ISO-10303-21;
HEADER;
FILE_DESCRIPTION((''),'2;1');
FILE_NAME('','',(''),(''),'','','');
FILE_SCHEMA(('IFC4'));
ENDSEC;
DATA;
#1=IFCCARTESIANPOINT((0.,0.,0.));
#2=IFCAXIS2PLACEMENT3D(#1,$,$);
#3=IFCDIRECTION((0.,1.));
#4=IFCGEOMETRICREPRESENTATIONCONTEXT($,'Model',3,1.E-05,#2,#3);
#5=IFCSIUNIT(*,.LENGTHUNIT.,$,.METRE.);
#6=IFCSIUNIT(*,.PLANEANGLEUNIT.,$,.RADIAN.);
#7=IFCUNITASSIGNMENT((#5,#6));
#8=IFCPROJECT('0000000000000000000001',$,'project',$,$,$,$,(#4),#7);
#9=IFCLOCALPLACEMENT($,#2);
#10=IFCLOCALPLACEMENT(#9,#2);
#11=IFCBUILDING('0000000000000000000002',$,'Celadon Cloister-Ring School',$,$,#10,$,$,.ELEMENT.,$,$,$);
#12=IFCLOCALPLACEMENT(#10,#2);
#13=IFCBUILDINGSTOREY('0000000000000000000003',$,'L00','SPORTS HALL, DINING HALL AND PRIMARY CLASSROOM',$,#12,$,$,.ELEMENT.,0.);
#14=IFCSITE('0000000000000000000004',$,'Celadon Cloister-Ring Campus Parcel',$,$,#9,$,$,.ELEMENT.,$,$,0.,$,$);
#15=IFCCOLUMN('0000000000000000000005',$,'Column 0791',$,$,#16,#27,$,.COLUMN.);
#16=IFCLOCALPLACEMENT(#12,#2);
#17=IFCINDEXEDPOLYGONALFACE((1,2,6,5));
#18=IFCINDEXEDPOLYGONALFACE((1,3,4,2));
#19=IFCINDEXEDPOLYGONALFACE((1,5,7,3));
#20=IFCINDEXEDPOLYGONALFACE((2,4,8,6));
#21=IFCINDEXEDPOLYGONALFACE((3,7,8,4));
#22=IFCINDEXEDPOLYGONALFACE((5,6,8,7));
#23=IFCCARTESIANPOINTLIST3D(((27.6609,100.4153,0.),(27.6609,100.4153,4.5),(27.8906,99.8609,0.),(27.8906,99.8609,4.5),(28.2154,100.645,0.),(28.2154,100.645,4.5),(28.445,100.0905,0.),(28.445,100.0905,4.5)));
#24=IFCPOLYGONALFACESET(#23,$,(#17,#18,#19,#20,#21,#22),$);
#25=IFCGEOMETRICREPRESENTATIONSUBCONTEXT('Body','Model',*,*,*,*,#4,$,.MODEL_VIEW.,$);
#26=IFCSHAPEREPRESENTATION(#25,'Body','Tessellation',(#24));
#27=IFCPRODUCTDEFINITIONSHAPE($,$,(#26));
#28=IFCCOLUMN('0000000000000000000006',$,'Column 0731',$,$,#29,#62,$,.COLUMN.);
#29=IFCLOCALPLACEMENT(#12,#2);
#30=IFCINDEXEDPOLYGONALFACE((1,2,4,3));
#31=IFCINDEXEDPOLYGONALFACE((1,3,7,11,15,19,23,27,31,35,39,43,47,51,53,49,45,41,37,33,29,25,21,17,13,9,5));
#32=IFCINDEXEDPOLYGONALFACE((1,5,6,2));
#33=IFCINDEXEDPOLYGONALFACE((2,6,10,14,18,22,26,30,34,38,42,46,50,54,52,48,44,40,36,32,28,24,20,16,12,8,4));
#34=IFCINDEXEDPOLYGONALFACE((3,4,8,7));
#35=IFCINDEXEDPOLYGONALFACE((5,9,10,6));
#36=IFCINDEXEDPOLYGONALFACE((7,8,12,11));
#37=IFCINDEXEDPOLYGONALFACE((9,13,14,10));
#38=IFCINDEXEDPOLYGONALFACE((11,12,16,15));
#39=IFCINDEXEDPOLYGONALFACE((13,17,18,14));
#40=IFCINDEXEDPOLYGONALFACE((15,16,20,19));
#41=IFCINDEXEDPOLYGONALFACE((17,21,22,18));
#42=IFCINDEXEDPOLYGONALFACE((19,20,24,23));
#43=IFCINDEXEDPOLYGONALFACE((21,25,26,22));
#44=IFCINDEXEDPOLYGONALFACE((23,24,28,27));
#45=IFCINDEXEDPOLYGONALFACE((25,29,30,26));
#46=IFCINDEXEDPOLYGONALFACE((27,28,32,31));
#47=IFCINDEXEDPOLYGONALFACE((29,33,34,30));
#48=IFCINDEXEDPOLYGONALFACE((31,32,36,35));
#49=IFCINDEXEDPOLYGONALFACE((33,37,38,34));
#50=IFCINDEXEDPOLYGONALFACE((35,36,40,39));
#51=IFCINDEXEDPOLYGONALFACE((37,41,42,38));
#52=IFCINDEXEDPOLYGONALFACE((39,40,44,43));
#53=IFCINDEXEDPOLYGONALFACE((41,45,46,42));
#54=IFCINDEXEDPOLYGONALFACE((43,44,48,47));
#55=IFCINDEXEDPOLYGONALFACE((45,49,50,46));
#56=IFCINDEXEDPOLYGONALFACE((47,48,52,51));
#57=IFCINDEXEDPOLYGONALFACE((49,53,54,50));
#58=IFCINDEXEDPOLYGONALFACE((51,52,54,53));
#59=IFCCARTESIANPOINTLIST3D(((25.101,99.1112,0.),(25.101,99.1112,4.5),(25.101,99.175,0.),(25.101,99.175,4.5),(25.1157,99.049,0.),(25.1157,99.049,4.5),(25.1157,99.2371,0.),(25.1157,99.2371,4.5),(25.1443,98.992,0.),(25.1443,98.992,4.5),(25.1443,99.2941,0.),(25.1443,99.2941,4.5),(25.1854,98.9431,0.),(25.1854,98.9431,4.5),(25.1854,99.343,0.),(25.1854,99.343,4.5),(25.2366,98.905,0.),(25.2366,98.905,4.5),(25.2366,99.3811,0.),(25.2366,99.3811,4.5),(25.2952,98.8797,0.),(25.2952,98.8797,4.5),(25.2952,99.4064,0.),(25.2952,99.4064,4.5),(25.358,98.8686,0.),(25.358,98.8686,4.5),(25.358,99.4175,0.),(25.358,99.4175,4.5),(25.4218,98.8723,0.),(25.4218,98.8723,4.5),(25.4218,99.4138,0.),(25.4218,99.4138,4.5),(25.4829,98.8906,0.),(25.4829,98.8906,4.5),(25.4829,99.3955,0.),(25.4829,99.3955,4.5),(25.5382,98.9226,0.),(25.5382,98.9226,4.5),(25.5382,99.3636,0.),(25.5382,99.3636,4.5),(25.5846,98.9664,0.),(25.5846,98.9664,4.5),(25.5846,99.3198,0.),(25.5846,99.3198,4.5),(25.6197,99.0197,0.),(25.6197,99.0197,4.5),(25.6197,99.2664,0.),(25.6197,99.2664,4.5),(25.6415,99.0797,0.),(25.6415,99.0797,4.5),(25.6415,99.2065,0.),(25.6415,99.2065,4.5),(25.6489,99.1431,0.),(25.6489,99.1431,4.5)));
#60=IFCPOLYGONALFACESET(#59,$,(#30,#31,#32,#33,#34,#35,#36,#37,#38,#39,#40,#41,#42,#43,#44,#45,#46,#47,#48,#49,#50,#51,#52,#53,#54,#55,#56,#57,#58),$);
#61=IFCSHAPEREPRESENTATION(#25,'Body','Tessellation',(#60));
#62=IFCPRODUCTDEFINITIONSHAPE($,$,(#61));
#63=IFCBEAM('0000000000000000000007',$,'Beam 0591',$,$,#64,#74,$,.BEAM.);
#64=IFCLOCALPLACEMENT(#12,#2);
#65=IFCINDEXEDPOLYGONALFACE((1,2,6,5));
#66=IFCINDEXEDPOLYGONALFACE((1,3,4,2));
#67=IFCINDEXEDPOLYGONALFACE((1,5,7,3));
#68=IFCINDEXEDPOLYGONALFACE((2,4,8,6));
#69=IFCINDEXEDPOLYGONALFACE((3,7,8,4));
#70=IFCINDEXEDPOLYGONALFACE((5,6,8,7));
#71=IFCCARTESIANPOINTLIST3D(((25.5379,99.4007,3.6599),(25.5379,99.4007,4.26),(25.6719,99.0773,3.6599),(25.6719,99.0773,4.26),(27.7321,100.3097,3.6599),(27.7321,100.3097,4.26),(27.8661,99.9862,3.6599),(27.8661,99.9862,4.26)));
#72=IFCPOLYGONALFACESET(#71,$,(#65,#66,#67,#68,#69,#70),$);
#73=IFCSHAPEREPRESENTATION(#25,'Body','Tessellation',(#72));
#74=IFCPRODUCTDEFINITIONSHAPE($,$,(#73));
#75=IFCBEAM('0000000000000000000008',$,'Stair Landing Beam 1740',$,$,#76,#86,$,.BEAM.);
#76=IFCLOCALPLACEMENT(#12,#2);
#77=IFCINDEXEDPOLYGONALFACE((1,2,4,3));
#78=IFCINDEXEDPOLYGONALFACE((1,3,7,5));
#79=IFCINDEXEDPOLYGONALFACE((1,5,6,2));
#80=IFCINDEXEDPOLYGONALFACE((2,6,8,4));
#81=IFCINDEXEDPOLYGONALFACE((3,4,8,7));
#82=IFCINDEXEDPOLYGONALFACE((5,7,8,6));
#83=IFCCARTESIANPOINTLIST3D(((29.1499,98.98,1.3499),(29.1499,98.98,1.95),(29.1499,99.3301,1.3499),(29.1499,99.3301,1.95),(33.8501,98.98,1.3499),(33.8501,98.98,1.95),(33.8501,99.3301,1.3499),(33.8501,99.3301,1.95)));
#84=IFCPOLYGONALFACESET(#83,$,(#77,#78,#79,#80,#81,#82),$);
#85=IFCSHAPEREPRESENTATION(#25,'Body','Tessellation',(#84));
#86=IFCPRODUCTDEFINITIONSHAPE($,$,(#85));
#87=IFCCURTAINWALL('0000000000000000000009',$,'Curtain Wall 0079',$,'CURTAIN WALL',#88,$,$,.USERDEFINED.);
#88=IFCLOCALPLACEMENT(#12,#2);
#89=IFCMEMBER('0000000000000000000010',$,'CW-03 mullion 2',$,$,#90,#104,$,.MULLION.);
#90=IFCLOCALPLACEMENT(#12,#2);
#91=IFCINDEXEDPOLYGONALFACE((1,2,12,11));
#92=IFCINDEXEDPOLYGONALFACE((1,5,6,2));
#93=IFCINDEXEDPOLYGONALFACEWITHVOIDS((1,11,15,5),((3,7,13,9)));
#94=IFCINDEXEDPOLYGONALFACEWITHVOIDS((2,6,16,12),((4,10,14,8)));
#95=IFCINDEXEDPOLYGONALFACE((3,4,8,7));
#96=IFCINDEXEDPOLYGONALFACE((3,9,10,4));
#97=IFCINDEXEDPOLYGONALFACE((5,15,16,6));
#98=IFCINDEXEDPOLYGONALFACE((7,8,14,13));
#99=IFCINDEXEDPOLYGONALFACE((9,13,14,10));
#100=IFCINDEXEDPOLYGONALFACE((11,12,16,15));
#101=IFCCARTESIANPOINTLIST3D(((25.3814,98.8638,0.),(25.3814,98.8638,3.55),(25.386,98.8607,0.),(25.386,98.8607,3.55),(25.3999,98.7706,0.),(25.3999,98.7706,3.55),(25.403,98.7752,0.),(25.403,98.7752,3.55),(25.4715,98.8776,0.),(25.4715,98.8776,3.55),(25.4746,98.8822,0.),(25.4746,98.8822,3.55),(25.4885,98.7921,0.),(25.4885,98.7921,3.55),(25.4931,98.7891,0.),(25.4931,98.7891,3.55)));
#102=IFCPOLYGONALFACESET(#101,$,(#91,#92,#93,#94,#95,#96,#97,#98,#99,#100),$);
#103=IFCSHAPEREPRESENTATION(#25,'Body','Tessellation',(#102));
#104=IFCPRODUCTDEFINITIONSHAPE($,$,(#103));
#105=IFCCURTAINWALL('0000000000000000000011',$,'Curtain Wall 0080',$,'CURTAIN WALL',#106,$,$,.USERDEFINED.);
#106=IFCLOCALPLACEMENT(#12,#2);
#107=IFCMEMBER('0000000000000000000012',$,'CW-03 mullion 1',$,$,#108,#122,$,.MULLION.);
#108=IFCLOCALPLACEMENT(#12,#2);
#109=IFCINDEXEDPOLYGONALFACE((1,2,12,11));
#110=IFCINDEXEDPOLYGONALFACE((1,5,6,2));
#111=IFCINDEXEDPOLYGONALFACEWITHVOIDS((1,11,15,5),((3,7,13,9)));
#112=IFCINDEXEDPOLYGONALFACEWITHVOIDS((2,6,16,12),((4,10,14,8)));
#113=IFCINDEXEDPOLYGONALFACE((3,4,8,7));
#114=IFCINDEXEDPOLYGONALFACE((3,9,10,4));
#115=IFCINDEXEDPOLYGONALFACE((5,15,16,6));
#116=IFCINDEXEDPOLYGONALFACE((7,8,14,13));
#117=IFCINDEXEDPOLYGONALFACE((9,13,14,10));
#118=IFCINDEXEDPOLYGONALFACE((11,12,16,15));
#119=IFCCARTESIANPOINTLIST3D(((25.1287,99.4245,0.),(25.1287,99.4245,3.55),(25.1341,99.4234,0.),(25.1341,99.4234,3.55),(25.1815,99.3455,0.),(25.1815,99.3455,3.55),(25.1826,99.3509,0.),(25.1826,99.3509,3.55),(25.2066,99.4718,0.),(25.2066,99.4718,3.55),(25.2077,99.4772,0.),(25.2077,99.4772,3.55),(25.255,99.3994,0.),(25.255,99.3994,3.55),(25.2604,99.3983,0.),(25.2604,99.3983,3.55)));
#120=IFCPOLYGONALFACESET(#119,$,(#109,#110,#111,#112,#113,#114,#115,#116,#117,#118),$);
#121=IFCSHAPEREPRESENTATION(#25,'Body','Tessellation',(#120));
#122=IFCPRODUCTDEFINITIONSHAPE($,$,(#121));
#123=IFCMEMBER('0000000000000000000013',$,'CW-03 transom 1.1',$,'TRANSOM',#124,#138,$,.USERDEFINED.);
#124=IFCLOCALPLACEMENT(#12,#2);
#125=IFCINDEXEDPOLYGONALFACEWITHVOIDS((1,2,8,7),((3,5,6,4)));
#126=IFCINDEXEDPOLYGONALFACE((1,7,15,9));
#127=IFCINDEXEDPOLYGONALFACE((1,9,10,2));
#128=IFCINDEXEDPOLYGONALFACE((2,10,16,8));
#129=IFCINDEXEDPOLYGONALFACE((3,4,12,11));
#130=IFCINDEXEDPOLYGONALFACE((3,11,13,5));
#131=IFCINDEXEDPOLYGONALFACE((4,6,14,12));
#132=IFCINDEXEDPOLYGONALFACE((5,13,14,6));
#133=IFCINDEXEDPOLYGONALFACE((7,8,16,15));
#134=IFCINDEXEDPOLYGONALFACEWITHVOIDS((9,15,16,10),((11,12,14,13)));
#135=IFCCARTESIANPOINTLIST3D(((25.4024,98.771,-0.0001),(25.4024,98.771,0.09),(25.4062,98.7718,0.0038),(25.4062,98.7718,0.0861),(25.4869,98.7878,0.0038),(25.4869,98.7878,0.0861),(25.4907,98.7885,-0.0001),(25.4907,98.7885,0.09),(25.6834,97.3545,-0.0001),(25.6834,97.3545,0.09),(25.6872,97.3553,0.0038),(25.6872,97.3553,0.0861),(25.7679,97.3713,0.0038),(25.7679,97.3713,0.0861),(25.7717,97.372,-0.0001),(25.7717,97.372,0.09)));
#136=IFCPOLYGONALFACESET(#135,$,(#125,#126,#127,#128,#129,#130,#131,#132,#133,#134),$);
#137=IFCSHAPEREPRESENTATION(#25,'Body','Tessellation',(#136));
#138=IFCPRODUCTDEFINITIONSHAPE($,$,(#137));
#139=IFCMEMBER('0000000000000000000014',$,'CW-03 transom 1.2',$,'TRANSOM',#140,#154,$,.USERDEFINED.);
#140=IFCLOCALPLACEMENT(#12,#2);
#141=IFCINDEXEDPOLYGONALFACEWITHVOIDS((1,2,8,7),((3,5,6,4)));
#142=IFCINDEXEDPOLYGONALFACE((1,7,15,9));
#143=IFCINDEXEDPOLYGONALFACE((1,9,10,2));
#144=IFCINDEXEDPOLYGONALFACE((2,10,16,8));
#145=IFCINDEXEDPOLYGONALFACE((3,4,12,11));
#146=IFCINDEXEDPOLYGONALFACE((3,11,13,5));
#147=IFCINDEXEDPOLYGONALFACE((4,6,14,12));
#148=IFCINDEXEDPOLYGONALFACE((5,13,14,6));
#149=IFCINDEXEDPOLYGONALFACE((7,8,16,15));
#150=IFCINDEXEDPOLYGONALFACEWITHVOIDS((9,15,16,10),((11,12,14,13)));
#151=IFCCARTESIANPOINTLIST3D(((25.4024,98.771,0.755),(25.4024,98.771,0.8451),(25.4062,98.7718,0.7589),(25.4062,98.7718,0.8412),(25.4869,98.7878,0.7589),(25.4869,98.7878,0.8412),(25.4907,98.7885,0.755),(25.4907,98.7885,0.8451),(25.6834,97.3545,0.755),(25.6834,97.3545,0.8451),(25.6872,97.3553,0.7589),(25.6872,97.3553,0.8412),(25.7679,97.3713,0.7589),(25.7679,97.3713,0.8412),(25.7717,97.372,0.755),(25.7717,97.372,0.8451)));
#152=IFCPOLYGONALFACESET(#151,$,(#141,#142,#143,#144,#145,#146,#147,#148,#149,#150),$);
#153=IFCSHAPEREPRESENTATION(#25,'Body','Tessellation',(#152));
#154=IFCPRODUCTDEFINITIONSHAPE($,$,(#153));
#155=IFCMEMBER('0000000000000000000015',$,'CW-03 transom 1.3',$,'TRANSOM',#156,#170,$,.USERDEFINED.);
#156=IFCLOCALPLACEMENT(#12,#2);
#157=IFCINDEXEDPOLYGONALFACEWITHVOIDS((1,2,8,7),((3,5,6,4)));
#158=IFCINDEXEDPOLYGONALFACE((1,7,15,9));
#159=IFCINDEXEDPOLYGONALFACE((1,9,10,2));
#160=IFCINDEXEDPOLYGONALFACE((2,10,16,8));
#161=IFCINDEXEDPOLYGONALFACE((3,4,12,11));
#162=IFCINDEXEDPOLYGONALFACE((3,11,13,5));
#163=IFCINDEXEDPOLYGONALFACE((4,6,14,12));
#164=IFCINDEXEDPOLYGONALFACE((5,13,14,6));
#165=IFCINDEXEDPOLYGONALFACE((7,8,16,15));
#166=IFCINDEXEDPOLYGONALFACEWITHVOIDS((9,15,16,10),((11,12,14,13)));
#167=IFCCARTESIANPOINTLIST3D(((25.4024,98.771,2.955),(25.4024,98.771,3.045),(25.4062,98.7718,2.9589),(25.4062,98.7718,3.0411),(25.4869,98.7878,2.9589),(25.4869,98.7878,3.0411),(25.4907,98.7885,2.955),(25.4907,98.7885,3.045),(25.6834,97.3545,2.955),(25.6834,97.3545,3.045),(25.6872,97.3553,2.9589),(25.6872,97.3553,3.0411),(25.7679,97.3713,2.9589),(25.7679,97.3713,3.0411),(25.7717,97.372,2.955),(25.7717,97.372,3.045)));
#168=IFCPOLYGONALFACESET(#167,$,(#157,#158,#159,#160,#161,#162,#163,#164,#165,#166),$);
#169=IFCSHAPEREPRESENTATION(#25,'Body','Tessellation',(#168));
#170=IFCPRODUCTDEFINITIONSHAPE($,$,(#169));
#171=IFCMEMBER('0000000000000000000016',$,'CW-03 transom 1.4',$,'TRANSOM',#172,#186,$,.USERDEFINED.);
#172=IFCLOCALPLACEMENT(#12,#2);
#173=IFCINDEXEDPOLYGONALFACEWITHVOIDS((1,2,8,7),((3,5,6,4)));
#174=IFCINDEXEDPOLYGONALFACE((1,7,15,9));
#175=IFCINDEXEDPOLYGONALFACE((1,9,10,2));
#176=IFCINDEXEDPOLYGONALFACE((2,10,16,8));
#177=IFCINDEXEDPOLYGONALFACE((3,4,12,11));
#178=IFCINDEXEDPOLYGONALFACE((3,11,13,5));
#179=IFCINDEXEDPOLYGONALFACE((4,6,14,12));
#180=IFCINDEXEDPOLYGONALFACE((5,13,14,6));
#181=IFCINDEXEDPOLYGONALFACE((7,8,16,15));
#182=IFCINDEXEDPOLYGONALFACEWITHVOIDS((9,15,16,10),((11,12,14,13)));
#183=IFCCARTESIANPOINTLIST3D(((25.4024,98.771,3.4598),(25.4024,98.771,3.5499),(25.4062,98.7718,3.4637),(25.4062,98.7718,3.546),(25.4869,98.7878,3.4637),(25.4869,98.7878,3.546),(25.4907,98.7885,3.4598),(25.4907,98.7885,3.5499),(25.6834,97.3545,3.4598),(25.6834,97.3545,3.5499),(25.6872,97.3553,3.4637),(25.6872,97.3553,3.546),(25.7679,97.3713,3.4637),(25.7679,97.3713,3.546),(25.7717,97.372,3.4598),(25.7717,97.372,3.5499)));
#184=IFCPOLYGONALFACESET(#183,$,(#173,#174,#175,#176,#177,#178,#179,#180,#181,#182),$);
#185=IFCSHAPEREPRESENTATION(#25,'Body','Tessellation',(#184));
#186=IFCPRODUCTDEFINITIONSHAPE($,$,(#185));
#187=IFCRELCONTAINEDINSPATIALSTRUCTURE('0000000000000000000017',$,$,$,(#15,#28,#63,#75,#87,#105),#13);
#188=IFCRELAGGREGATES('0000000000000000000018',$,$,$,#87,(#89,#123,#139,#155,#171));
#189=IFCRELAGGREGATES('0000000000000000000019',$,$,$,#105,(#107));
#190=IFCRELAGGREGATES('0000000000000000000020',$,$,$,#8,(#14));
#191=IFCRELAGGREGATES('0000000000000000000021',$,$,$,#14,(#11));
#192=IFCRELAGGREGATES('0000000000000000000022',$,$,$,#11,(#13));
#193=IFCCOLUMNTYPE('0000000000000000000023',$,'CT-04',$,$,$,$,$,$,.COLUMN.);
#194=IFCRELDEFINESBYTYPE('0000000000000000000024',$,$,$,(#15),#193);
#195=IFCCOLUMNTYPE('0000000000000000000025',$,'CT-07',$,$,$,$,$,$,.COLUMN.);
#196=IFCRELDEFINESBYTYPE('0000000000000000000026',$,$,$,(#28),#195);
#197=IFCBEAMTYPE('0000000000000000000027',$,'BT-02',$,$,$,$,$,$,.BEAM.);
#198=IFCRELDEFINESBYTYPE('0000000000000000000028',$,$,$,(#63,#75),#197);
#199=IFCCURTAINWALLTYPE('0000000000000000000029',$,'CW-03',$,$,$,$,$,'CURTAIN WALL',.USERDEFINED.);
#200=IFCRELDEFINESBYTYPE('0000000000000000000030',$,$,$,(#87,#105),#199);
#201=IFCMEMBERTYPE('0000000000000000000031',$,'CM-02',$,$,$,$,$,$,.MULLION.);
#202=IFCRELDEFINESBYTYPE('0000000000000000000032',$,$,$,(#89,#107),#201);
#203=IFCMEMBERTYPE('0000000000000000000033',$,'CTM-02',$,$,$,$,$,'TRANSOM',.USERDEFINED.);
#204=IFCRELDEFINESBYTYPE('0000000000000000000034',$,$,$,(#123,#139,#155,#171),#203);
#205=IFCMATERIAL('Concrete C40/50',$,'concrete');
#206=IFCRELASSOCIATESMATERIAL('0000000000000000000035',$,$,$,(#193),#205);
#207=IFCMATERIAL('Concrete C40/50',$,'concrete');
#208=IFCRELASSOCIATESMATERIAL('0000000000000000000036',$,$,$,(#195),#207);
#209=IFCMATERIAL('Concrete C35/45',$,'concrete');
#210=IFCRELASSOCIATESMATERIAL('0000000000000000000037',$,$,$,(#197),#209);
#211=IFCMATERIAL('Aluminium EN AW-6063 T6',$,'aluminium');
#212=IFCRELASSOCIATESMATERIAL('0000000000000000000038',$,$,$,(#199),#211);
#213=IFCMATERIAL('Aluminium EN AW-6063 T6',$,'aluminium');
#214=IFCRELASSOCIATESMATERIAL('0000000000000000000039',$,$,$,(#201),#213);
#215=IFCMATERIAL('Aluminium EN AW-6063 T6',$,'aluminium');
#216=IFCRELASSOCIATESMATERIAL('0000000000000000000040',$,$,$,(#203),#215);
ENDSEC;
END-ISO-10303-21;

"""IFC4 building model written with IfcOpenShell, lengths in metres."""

from ifc_helpers import new_model, si_unit, direction, frame, origin, origin_2d, place, context, subcontext, project, spatial, rectangle, hollow_rectangle, circle, extrude, material, material_profile, profile_set, type_object, element, aggregate, save


model = new_model("IFC4")

# Units and contexts
model_context = context("Model", 3, precision=1e-05, world=origin(), true_north=direction((0.0, 1.0)))
body_context = subcontext(model_context, "Body", "Model", "MODEL_VIEW")
ifc_project = project(units=[si_unit("LENGTHUNIT", "METRE"), si_unit("PLANEANGLEUNIT", "RADIAN")], contexts=[model_context])

# Site, building, storey
site_placement = place(None, origin())
site = spatial("IfcSite", under=ifc_project, at=site_placement, Name="Celadon Cloister-Ring Campus Parcel", CompositionType="ELEMENT", RefElevation=0.0)
building_placement = place(site_placement, origin())
building = spatial("IfcBuilding", under=site, at=building_placement, Name="Celadon Cloister-Ring School", CompositionType="ELEMENT")
storey_placement = place(building_placement, origin())
storey = spatial("IfcBuildingStorey", under=building, at=storey_placement, Name="L00", Description="SPORTS HALL, DINING HALL AND PRIMARY CLASSROOM", CompositionType="ELEMENT", Elevation=0.0)

# Columns
ifc_material_1 = material(Name="Concrete C40/50", Category="concrete")
ifc_material_profile_1 = material_profile(ifc_material_1, rectangle(XDim=0.6001, YDim=0.6001, at=origin_2d()), Name="RC600X600")
ifc_profile_set_1 = profile_set([ifc_material_profile_1], Name="Concrete C40/50")
column_type_1 = type_object("IfcColumnType", Name="CT-04", PredefinedType="COLUMN", material=ifc_profile_set_1)
column_1_placement = place(storey_placement, frame((28.053, 100.2529, 0.0), z_axis=(0.0, 0.0, 1.0), x_axis=(0.92388, 0.382683, 0.0)))
element("IfcColumn", 1, at=column_1_placement, inside=storey, type_object=column_type_1, Name="Column 0791", PredefinedType="COLUMN", context=body_context, shape_type="SweptSolid", body=[
    extrude(rectangle(XDim=0.6001, YDim=0.6001, at=origin_2d()), origin(), (0.0, 0.0, 1.0), 4.5),
])
ifc_material_2 = material(Name="Concrete C40/50", Category="concrete")
ifc_material_profile_2 = material_profile(ifc_material_2, circle(Radius=0.2749, at=origin_2d()), Name="CIRC550")
ifc_profile_set_2 = profile_set([ifc_material_profile_2], Name="Concrete C40/50")
column_type_2 = type_object("IfcColumnType", Name="CT-07", PredefinedType="COLUMN", material=ifc_profile_set_2)
column_2_placement = place(storey_placement, frame((25.374, 99.1431, 0.0), z_axis=(0.0, 0.0, 1.0), x_axis=(1.0, 0.0, 0.0)))
element("IfcColumn", 2, at=column_2_placement, inside=storey, type_object=column_type_2, Name="Column 0731", PredefinedType="COLUMN", context=body_context, shape_type="SweptSolid", body=[
    extrude(circle(Radius=0.2749, at=origin_2d()), origin(), (0.0, 0.0, 1.0), 4.5),
])

# Beams
ifc_material_3 = material(Name="Concrete C35/45", Category="concrete")
ifc_material_profile_3 = material_profile(ifc_material_3, rectangle(XDim=0.3501, YDim=0.6001, at=origin_2d()), Name="RC350X600")
ifc_profile_set_3 = profile_set([ifc_material_profile_3], Name="Concrete C35/45")
beam_type_1 = type_object("IfcBeamType", Name="BT-02", PredefinedType="BEAM", material=ifc_profile_set_3)
beam_1_placement = place(storey_placement, frame((27.7991, 100.1479, 3.96), z_axis=(-0.923863, -0.382724, 0.0), x_axis=(0.382724, -0.923863, 0.0)))
element("IfcBeam", 3, at=beam_1_placement, inside=storey, type_object=beam_type_1, Name="Beam 0591", PredefinedType="BEAM", context=body_context, shape_type="SweptSolid", body=[
    extrude(rectangle(XDim=0.3501, YDim=0.6001, at=origin_2d()), origin(), (0.0, 0.0, 1.0), 2.375),
])
beam_2_placement = place(storey_placement, frame((29.1499, 99.155, 1.6499), z_axis=(1.0, 0.0, 0.0), x_axis=(0.0, 1.0, 0.0)))
element("IfcBeam", 4, at=beam_2_placement, inside=storey, type_object=beam_type_1, Name="Stair Landing Beam 1740", PredefinedType="BEAM", context=body_context, shape_type="SweptSolid", body=[
    extrude(rectangle(XDim=0.3501, YDim=0.6001, at=origin_2d()), origin(), (0.0, 0.0, 1.0), 4.7002),
])

# Curtain walls, members
ifc_material_4 = material(Name="Aluminium EN AW-6063 T6", Category="aluminium")
curtain_wall_type = type_object("IfcCurtainWallType", Name="CW-03", ElementType="CURTAIN WALL", PredefinedType="USERDEFINED", material=ifc_material_4)
curtain_wall_1_placement = place(storey_placement, origin())
curtain_wall_1 = element("IfcCurtainWall", 5, at=curtain_wall_1_placement, inside=storey, type_object=curtain_wall_type, Name="Curtain Wall 0079", ObjectType="CURTAIN WALL", PredefinedType="USERDEFINED")
ifc_material_5 = material(Name="Aluminium EN AW-6063 T6", Category="aluminium")
ifc_material_profile_4 = material_profile(ifc_material_5, hollow_rectangle(XDim=0.095, YDim=0.095, WallThickness=0.0039, at=origin_2d()), Name="RHS95X95X4")
ifc_profile_set_4 = profile_set([ifc_material_profile_4], Name="Aluminium EN AW-6063 T6")
member_type_1 = type_object("IfcMemberType", Name="CM-02", PredefinedType="MULLION", material=ifc_profile_set_4)
member_1_placement = place(storey_placement, frame((25.4373, 98.8264, 0.0), z_axis=(0.0, 0.0, 1.0), x_axis=(-0.980885, -0.194586, 0.0)))
member_1 = element("IfcMember", 6, at=member_1_placement, type_object=member_type_1, Name="CW-03 mullion 2", PredefinedType="MULLION", context=body_context, shape_type="SweptSolid", body=[
    extrude(hollow_rectangle(XDim=0.095, YDim=0.095, WallThickness=0.0039, at=origin_2d()), origin(), (0.0, 0.0, 1.0), 3.55),
])
curtain_wall_2_placement = place(storey_placement, origin())
curtain_wall_2 = element("IfcCurtainWall", 7, at=curtain_wall_2_placement, inside=storey, type_object=curtain_wall_type, Name="Curtain Wall 0080", ObjectType="CURTAIN WALL", PredefinedType="USERDEFINED")
member_2_placement = place(storey_placement, frame((25.1946, 99.4114, 0.0), z_axis=(0.0, 0.0, 1.0), x_axis=(-0.831485, -0.555547, 0.0)))
member_2 = element("IfcMember", 8, at=member_2_placement, type_object=member_type_1, Name="CW-03 mullion 1", PredefinedType="MULLION", context=body_context, shape_type="SweptSolid", body=[
    extrude(hollow_rectangle(XDim=0.095, YDim=0.095, WallThickness=0.0039, at=origin_2d()), origin(), (0.0, 0.0, 1.0), 3.55),
])

# Members
ifc_material_6 = material(Name="Aluminium EN AW-6063 T6", Category="aluminium")
ifc_material_profile_5 = material_profile(ifc_material_6, hollow_rectangle(XDim=0.0901, YDim=0.0901, WallThickness=0.0039, at=origin_2d()), Name="RHS90X90X4")
ifc_profile_set_5 = profile_set([ifc_material_profile_5], Name="Aluminium EN AW-6063 T6")
member_type_2 = type_object("IfcMemberType", Name="CTM-02", ElementType="TRANSOM", PredefinedType="USERDEFINED", material=ifc_profile_set_5)
member_3_placement = place(storey_placement, frame((25.7275, 97.3633, 0.0449), z_axis=(-0.194588, 0.980885, 0.0), x_axis=(-0.980885, -0.194588, 0.0)))
member_3 = element("IfcMember", 9, at=member_3_placement, type_object=member_type_2, Name="CW-03 transom 1.1", ObjectType="TRANSOM", PredefinedType="USERDEFINED", context=body_context, shape_type="SweptSolid", body=[
    extrude(hollow_rectangle(XDim=0.0901, YDim=0.0901, WallThickness=0.0039, at=origin_2d()), origin(), (0.0, 0.0, 1.0), 1.4441),
])
member_4_placement = place(storey_placement, frame((25.7275, 97.3633, 0.8), z_axis=(-0.194588, 0.980885, 0.0), x_axis=(-0.980885, -0.194588, 0.0)))
member_4 = element("IfcMember", 10, at=member_4_placement, type_object=member_type_2, Name="CW-03 transom 1.2", ObjectType="TRANSOM", PredefinedType="USERDEFINED", context=body_context, shape_type="SweptSolid", body=[
    extrude(hollow_rectangle(XDim=0.0901, YDim=0.0901, WallThickness=0.0039, at=origin_2d()), origin(), (0.0, 0.0, 1.0), 1.4441),
])
member_5_placement = place(storey_placement, frame((25.7275, 97.3633, 3.0), z_axis=(-0.194588, 0.980885, 0.0), x_axis=(-0.980885, -0.194588, 0.0)))
member_5 = element("IfcMember", 11, at=member_5_placement, type_object=member_type_2, Name="CW-03 transom 1.3", ObjectType="TRANSOM", PredefinedType="USERDEFINED", context=body_context, shape_type="SweptSolid", body=[
    extrude(hollow_rectangle(XDim=0.0901, YDim=0.0901, WallThickness=0.0039, at=origin_2d()), origin(), (0.0, 0.0, 1.0), 1.4441),
])
member_6_placement = place(storey_placement, frame((25.7275, 97.3633, 3.5049), z_axis=(-0.194588, 0.980885, 0.0), x_axis=(-0.980885, -0.194588, 0.0)))
member_6 = element("IfcMember", 12, at=member_6_placement, type_object=member_type_2, Name="CW-03 transom 1.4", ObjectType="TRANSOM", PredefinedType="USERDEFINED", context=body_context, shape_type="SweptSolid", body=[
    extrude(hollow_rectangle(XDim=0.0901, YDim=0.0901, WallThickness=0.0039, at=origin_2d()), origin(), (0.0, 0.0, 1.0), 1.4441),
])

aggregate(curtain_wall_1, [member_1, member_3, member_4, member_5, member_6])
aggregate(curtain_wall_2, [member_2])

save(model, "model.ifc")
